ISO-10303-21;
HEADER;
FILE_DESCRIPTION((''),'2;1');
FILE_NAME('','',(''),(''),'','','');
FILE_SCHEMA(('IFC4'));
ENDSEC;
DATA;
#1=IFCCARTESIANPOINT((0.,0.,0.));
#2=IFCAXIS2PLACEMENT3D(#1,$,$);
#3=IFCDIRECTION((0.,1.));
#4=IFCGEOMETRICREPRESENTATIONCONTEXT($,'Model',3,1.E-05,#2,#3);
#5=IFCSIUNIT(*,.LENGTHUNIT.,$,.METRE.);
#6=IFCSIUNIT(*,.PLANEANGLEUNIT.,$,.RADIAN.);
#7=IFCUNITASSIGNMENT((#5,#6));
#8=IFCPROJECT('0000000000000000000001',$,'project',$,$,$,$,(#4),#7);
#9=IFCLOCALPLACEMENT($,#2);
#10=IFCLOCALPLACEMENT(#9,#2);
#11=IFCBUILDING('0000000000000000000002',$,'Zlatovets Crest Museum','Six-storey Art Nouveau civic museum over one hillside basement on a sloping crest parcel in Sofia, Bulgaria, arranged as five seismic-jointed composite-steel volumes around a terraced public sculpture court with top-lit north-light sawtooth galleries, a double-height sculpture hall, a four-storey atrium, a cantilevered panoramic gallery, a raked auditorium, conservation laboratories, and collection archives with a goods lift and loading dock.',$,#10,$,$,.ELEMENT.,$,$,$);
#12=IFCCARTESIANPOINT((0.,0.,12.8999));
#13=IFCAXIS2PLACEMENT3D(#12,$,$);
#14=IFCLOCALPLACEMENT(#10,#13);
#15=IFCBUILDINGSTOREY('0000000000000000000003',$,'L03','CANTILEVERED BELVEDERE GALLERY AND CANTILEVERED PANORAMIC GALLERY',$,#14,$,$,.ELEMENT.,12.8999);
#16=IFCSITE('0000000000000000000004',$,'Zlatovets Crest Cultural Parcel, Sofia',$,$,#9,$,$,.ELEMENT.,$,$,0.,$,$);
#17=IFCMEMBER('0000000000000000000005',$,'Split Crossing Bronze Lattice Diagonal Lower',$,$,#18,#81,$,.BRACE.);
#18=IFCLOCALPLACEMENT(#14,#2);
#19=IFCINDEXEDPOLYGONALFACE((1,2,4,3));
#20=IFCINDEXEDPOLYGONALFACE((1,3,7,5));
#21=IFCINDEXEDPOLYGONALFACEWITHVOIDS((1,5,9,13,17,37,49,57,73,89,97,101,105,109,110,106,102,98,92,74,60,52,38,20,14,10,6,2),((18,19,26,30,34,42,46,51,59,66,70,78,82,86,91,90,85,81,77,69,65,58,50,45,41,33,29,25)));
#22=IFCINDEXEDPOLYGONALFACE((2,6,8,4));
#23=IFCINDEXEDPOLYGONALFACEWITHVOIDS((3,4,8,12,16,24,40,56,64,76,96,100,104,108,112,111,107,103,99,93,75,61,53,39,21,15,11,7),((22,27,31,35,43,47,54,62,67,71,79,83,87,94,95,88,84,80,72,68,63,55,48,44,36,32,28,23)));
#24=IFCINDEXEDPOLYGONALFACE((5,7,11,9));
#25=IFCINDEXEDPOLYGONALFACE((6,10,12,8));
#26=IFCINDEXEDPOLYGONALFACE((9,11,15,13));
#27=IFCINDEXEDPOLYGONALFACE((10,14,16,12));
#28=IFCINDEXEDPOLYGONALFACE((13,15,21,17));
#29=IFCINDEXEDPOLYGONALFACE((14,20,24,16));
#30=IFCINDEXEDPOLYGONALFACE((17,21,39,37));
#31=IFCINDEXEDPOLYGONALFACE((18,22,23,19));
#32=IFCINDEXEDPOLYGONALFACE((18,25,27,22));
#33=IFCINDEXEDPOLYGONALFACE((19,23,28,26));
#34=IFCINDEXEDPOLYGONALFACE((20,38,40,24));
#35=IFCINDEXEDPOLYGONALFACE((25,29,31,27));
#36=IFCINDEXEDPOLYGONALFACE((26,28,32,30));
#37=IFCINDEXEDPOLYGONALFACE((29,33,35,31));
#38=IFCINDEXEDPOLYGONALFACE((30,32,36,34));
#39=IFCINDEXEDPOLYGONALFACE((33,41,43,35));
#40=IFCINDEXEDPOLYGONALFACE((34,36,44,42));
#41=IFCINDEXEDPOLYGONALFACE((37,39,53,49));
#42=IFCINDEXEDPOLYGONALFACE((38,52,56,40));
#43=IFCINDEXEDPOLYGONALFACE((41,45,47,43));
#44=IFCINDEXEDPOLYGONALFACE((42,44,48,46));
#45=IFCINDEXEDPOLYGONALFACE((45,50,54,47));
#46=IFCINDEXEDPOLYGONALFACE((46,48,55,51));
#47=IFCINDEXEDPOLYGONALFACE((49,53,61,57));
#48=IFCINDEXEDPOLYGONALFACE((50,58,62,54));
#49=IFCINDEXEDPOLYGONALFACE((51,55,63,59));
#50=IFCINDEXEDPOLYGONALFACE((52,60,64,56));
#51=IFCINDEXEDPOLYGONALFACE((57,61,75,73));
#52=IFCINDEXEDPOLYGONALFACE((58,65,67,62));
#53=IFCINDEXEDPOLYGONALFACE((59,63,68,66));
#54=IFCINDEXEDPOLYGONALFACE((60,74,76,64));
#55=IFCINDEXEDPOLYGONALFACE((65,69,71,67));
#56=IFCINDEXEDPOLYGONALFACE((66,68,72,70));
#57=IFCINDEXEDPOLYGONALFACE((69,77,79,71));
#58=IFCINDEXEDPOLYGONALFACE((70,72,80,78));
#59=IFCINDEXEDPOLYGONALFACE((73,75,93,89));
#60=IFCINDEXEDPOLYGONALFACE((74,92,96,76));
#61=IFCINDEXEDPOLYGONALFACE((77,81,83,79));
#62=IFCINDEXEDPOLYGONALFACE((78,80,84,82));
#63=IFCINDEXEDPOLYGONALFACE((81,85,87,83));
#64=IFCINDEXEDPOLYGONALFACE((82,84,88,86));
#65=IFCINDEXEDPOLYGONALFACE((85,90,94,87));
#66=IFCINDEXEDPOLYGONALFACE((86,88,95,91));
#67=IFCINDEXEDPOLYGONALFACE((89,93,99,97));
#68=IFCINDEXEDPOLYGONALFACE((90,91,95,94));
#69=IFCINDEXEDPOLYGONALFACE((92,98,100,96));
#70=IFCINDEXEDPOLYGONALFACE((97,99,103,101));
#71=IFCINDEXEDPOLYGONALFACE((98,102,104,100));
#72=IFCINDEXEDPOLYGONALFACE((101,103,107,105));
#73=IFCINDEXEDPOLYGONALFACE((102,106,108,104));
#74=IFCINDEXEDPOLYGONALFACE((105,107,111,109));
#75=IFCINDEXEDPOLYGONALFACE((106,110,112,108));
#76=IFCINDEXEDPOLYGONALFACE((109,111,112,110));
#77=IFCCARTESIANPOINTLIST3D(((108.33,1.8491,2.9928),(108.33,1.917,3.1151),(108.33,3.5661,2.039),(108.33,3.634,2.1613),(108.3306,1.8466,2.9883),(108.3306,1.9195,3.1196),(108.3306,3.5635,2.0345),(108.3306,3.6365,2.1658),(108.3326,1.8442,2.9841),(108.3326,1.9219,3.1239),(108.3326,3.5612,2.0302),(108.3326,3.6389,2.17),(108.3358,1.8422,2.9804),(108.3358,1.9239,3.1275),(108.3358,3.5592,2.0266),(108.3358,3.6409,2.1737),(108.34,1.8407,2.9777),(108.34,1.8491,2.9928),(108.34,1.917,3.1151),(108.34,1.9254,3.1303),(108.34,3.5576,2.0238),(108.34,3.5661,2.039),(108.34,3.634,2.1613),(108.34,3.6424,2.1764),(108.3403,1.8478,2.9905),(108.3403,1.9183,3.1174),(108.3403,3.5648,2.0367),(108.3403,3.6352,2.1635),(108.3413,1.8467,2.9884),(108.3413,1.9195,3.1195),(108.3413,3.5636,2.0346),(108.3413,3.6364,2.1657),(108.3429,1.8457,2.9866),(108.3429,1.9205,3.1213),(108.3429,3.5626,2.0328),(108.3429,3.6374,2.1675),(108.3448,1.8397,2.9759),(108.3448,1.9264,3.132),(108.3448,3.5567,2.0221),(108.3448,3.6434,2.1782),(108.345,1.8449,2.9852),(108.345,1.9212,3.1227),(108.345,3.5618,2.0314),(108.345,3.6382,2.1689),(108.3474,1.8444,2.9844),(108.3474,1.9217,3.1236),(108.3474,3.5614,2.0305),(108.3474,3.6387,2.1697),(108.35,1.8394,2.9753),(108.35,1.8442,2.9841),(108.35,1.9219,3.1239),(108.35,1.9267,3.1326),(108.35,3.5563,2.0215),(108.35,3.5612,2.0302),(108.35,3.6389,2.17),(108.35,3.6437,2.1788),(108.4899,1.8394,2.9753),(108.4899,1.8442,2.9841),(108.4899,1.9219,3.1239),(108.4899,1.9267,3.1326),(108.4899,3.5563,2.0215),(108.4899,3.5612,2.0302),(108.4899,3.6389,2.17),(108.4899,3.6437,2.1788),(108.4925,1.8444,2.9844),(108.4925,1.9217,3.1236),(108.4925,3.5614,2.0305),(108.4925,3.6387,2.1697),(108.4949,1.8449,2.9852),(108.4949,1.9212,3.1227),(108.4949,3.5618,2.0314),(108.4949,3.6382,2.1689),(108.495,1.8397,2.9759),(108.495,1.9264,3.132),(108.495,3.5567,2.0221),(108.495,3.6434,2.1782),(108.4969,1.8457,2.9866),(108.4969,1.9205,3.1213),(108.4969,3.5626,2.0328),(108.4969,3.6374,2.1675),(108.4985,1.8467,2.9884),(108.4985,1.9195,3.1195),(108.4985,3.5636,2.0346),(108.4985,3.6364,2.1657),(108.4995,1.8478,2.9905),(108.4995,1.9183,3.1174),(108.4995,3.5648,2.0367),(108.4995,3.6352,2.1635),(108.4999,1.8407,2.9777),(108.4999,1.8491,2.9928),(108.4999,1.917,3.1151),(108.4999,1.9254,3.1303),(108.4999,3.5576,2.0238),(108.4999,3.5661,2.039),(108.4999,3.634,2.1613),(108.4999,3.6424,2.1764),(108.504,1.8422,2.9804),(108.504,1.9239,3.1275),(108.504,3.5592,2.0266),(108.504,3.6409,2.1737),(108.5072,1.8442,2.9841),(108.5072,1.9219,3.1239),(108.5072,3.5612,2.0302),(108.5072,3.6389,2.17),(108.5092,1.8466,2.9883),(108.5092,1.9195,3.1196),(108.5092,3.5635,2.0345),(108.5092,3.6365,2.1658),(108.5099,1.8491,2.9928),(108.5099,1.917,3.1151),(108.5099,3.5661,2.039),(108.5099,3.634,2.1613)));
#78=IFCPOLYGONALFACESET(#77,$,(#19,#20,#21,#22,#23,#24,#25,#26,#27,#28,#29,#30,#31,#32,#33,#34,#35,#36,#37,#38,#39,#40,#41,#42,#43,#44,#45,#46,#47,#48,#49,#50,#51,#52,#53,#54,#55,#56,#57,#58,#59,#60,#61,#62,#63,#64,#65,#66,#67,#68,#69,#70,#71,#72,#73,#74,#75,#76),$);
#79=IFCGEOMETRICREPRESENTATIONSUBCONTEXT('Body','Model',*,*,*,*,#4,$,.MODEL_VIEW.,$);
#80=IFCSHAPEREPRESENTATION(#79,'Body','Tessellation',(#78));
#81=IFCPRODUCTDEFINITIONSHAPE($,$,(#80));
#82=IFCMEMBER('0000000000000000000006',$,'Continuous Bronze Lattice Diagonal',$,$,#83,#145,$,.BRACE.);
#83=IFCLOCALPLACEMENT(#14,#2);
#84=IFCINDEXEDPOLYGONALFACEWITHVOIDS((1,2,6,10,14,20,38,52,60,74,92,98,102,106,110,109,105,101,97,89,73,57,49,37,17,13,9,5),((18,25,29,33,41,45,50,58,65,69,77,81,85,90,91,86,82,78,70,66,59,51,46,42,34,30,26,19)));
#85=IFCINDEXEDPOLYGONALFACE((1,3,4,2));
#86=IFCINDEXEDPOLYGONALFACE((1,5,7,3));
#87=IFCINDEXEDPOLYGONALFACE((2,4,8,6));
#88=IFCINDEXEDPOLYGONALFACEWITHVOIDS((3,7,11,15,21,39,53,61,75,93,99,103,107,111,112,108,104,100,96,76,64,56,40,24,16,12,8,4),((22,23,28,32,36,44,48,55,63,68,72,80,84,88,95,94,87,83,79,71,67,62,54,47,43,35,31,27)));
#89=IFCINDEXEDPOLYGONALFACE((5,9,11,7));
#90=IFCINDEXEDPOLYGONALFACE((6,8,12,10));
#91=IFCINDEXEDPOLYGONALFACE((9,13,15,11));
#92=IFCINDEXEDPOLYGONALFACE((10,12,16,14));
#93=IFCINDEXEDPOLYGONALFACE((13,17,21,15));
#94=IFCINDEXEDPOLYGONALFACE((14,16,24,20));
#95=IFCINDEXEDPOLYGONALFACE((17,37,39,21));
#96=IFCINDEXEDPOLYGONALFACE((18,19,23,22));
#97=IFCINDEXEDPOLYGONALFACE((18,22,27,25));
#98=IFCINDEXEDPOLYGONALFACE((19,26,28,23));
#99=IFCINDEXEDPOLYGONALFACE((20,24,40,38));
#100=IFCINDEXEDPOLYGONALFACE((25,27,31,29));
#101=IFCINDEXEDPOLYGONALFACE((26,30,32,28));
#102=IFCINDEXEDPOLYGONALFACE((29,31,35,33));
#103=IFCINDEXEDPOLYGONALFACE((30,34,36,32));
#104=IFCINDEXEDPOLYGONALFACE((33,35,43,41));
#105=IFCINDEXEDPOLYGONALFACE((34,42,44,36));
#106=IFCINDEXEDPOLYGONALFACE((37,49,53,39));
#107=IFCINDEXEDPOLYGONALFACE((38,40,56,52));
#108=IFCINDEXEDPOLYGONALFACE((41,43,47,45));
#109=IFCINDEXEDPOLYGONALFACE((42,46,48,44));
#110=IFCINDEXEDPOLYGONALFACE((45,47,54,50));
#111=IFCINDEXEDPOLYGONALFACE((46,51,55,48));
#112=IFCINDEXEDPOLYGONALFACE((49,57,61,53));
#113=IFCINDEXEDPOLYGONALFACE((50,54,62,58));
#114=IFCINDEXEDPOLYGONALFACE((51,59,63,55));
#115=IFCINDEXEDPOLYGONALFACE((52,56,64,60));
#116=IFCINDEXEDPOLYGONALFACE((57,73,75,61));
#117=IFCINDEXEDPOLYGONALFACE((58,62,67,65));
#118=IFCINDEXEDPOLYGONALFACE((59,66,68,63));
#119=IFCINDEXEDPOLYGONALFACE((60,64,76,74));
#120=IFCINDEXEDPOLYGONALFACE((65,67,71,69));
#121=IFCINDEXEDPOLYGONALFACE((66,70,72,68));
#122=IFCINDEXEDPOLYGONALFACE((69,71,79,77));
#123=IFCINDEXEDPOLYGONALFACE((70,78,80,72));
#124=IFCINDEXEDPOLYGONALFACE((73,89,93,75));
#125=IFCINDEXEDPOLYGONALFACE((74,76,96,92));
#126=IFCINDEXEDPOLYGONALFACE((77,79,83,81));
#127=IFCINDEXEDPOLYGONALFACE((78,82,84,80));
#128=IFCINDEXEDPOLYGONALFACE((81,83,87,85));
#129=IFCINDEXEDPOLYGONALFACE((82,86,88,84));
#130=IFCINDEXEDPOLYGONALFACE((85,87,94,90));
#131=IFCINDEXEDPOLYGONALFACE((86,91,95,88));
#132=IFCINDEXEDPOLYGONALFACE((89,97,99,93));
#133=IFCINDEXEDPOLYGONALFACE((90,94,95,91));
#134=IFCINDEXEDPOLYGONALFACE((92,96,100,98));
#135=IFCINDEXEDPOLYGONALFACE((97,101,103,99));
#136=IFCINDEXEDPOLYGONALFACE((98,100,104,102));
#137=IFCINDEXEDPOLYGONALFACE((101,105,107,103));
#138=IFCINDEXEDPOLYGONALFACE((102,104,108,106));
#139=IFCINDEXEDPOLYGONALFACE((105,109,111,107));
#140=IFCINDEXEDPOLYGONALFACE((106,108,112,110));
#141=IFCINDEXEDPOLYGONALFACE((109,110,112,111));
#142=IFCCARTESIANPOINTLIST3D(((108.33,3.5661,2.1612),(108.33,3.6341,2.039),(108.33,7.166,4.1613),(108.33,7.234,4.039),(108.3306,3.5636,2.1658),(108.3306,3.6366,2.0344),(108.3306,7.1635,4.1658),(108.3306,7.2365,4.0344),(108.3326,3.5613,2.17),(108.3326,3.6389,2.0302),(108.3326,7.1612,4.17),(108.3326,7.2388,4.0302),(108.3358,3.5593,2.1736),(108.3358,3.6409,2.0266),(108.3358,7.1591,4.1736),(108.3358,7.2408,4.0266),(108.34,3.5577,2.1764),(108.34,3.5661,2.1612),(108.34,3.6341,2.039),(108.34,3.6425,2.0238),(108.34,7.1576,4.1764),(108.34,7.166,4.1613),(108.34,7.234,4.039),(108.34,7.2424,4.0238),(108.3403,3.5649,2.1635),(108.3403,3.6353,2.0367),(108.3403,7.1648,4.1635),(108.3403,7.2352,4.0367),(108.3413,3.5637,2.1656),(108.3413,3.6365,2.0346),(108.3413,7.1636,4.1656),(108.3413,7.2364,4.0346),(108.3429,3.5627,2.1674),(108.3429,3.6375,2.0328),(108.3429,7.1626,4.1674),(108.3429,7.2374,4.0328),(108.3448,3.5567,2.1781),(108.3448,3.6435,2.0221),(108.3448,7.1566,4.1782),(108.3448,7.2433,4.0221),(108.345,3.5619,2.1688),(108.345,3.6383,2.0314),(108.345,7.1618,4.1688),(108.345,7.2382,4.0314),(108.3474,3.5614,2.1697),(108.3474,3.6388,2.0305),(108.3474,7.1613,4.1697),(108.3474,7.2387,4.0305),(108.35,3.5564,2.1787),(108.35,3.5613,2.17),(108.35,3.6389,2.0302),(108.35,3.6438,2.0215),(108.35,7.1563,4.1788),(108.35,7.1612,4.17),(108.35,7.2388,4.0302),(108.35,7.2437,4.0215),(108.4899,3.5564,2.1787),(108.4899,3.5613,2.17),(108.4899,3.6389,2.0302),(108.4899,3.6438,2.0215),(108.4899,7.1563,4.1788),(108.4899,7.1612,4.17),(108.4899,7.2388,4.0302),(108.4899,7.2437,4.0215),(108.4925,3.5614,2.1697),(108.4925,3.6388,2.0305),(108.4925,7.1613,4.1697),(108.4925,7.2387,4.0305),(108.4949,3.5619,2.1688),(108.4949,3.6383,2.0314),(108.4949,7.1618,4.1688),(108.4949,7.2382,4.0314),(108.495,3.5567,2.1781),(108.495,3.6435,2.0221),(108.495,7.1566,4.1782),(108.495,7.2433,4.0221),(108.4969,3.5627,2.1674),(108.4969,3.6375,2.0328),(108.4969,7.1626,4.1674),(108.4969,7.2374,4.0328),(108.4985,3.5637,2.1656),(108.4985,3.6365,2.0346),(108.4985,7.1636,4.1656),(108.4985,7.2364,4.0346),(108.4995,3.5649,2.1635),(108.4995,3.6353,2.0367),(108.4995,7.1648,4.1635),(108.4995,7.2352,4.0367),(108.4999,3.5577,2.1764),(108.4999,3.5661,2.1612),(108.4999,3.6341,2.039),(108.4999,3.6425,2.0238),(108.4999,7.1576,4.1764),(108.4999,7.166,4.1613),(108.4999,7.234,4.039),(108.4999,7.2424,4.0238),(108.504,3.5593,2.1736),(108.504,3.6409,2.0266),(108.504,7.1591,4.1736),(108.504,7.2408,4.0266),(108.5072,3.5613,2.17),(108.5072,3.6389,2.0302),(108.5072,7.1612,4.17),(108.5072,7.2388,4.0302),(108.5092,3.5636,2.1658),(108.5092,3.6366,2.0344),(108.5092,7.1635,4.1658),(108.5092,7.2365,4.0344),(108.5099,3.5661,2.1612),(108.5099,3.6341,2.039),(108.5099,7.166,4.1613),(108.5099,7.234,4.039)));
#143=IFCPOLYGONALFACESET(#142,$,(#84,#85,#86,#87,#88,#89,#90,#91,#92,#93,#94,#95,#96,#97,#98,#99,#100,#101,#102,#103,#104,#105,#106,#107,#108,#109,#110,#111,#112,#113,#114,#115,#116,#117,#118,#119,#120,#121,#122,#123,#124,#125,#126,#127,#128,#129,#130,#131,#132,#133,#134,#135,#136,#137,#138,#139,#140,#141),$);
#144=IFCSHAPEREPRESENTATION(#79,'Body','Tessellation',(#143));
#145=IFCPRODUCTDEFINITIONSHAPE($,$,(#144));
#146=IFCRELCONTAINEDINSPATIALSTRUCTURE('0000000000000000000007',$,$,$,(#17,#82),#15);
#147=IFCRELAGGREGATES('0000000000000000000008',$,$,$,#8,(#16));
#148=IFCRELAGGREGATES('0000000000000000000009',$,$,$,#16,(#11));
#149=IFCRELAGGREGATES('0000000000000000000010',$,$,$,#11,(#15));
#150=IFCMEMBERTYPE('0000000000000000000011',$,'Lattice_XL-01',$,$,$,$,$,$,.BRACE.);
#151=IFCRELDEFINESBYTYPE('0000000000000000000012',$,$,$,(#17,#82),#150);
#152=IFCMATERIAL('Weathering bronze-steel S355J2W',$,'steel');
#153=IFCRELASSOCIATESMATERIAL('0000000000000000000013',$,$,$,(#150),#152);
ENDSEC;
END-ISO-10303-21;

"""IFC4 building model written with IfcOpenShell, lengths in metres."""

from ifc_helpers import new_model, si_unit, direction, frame, origin, origin_2d, place, context, subcontext, project, spatial, hollow_rectangle, extrude, material, material_profile, profile_set, type_object, element, save


model = new_model("IFC4")

# Units and contexts
model_context = context("Model", 3, precision=1e-05, world=origin(), true_north=direction((0.0, 1.0)))
body_context = subcontext(model_context, "Body", "Model", "MODEL_VIEW")
ifc_project = project(units=[si_unit("LENGTHUNIT", "METRE"), si_unit("PLANEANGLEUNIT", "RADIAN")], contexts=[model_context])

# Site, building, storey
site_placement = place(None, origin())
site = spatial("IfcSite", under=ifc_project, at=site_placement, Name="Zlatovets Crest Cultural Parcel, Sofia", CompositionType="ELEMENT", RefElevation=0.0)
building_placement = place(site_placement, origin())
building = spatial("IfcBuilding", under=site, at=building_placement, Name="Zlatovets Crest Museum", Description="Six-storey Art Nouveau civic museum over one hillside basement on a sloping crest parcel in Sofia, Bulgaria, arranged as five seismic-jointed composite-steel volumes around a terraced public sculpture court with top-lit north-light sawtooth galleries, a double-height sculpture hall, a four-storey atrium, a cantilevered panoramic gallery, a raked auditorium, conservation laboratories, and collection archives with a goods lift and loading dock.", CompositionType="ELEMENT")
storey_placement = place(building_placement, frame((0.0, 0.0, 12.8999)))
storey = spatial("IfcBuildingStorey", under=building, at=storey_placement, Name="L03", Description="CANTILEVERED BELVEDERE GALLERY AND CANTILEVERED PANORAMIC GALLERY", CompositionType="ELEMENT", Elevation=12.8999)

# Members
ifc_material_1 = material(Name="Weathering bronze-steel S355J2W", Category="steel")
ifc_material_profile_1 = material_profile(ifc_material_1, hollow_rectangle(XDim=0.1799, YDim=0.1799, WallThickness=0.01, InnerFilletRadius=0.01, OuterFilletRadius=0.02, at=origin_2d()), Name="SHS 180x180x10.0")
ifc_profile_set_1 = profile_set([ifc_material_profile_1], Name="Weathering bronze-steel S355J2W")
member_type_1 = type_object("IfcMemberType", Name="Lattice_XL-01", PredefinedType="BRACE", material=ifc_profile_set_1)
for number, where, z_axis, x_axis, name in (
    (1, (108.4199, 1.8831, 3.054), (0.0, 0.874169, -0.485622), (-1.0, 0.0, 0.0), "Split Crossing Bronze Lattice Diagonal Lower"),
):
    element("IfcMember", number, at=place(storey_placement, frame(where, z_axis=z_axis, x_axis=x_axis)), inside=storey, type_object=member_type_1, Name=name, PredefinedType="BRACE", context=body_context, shape_type="SweptSolid", body=[
        extrude(hollow_rectangle(XDim=0.1799, YDim=0.1799, WallThickness=0.01, InnerFilletRadius=0.01, OuterFilletRadius=0.02, at=origin_2d()), origin(), (0.0, 0.0, 1.0), 1.9641),
    ])
member_1_placement = place(storey_placement, frame((108.4199, 3.6001, 2.1001), z_axis=(0.0, 0.874149, 0.485658), x_axis=(-1.0, 0.0, 0.0)))
element("IfcMember", 2, at=member_1_placement, inside=storey, type_object=member_type_1, Name="Continuous Bronze Lattice Diagonal", PredefinedType="BRACE", context=body_context, shape_type="SweptSolid", body=[
    extrude(hollow_rectangle(XDim=0.1799, YDim=0.1799, WallThickness=0.01, InnerFilletRadius=0.01, OuterFilletRadius=0.02, at=origin_2d()), origin(), (0.0, 0.0, 1.0), 4.1182),
])

save(model, "model.ifc")
